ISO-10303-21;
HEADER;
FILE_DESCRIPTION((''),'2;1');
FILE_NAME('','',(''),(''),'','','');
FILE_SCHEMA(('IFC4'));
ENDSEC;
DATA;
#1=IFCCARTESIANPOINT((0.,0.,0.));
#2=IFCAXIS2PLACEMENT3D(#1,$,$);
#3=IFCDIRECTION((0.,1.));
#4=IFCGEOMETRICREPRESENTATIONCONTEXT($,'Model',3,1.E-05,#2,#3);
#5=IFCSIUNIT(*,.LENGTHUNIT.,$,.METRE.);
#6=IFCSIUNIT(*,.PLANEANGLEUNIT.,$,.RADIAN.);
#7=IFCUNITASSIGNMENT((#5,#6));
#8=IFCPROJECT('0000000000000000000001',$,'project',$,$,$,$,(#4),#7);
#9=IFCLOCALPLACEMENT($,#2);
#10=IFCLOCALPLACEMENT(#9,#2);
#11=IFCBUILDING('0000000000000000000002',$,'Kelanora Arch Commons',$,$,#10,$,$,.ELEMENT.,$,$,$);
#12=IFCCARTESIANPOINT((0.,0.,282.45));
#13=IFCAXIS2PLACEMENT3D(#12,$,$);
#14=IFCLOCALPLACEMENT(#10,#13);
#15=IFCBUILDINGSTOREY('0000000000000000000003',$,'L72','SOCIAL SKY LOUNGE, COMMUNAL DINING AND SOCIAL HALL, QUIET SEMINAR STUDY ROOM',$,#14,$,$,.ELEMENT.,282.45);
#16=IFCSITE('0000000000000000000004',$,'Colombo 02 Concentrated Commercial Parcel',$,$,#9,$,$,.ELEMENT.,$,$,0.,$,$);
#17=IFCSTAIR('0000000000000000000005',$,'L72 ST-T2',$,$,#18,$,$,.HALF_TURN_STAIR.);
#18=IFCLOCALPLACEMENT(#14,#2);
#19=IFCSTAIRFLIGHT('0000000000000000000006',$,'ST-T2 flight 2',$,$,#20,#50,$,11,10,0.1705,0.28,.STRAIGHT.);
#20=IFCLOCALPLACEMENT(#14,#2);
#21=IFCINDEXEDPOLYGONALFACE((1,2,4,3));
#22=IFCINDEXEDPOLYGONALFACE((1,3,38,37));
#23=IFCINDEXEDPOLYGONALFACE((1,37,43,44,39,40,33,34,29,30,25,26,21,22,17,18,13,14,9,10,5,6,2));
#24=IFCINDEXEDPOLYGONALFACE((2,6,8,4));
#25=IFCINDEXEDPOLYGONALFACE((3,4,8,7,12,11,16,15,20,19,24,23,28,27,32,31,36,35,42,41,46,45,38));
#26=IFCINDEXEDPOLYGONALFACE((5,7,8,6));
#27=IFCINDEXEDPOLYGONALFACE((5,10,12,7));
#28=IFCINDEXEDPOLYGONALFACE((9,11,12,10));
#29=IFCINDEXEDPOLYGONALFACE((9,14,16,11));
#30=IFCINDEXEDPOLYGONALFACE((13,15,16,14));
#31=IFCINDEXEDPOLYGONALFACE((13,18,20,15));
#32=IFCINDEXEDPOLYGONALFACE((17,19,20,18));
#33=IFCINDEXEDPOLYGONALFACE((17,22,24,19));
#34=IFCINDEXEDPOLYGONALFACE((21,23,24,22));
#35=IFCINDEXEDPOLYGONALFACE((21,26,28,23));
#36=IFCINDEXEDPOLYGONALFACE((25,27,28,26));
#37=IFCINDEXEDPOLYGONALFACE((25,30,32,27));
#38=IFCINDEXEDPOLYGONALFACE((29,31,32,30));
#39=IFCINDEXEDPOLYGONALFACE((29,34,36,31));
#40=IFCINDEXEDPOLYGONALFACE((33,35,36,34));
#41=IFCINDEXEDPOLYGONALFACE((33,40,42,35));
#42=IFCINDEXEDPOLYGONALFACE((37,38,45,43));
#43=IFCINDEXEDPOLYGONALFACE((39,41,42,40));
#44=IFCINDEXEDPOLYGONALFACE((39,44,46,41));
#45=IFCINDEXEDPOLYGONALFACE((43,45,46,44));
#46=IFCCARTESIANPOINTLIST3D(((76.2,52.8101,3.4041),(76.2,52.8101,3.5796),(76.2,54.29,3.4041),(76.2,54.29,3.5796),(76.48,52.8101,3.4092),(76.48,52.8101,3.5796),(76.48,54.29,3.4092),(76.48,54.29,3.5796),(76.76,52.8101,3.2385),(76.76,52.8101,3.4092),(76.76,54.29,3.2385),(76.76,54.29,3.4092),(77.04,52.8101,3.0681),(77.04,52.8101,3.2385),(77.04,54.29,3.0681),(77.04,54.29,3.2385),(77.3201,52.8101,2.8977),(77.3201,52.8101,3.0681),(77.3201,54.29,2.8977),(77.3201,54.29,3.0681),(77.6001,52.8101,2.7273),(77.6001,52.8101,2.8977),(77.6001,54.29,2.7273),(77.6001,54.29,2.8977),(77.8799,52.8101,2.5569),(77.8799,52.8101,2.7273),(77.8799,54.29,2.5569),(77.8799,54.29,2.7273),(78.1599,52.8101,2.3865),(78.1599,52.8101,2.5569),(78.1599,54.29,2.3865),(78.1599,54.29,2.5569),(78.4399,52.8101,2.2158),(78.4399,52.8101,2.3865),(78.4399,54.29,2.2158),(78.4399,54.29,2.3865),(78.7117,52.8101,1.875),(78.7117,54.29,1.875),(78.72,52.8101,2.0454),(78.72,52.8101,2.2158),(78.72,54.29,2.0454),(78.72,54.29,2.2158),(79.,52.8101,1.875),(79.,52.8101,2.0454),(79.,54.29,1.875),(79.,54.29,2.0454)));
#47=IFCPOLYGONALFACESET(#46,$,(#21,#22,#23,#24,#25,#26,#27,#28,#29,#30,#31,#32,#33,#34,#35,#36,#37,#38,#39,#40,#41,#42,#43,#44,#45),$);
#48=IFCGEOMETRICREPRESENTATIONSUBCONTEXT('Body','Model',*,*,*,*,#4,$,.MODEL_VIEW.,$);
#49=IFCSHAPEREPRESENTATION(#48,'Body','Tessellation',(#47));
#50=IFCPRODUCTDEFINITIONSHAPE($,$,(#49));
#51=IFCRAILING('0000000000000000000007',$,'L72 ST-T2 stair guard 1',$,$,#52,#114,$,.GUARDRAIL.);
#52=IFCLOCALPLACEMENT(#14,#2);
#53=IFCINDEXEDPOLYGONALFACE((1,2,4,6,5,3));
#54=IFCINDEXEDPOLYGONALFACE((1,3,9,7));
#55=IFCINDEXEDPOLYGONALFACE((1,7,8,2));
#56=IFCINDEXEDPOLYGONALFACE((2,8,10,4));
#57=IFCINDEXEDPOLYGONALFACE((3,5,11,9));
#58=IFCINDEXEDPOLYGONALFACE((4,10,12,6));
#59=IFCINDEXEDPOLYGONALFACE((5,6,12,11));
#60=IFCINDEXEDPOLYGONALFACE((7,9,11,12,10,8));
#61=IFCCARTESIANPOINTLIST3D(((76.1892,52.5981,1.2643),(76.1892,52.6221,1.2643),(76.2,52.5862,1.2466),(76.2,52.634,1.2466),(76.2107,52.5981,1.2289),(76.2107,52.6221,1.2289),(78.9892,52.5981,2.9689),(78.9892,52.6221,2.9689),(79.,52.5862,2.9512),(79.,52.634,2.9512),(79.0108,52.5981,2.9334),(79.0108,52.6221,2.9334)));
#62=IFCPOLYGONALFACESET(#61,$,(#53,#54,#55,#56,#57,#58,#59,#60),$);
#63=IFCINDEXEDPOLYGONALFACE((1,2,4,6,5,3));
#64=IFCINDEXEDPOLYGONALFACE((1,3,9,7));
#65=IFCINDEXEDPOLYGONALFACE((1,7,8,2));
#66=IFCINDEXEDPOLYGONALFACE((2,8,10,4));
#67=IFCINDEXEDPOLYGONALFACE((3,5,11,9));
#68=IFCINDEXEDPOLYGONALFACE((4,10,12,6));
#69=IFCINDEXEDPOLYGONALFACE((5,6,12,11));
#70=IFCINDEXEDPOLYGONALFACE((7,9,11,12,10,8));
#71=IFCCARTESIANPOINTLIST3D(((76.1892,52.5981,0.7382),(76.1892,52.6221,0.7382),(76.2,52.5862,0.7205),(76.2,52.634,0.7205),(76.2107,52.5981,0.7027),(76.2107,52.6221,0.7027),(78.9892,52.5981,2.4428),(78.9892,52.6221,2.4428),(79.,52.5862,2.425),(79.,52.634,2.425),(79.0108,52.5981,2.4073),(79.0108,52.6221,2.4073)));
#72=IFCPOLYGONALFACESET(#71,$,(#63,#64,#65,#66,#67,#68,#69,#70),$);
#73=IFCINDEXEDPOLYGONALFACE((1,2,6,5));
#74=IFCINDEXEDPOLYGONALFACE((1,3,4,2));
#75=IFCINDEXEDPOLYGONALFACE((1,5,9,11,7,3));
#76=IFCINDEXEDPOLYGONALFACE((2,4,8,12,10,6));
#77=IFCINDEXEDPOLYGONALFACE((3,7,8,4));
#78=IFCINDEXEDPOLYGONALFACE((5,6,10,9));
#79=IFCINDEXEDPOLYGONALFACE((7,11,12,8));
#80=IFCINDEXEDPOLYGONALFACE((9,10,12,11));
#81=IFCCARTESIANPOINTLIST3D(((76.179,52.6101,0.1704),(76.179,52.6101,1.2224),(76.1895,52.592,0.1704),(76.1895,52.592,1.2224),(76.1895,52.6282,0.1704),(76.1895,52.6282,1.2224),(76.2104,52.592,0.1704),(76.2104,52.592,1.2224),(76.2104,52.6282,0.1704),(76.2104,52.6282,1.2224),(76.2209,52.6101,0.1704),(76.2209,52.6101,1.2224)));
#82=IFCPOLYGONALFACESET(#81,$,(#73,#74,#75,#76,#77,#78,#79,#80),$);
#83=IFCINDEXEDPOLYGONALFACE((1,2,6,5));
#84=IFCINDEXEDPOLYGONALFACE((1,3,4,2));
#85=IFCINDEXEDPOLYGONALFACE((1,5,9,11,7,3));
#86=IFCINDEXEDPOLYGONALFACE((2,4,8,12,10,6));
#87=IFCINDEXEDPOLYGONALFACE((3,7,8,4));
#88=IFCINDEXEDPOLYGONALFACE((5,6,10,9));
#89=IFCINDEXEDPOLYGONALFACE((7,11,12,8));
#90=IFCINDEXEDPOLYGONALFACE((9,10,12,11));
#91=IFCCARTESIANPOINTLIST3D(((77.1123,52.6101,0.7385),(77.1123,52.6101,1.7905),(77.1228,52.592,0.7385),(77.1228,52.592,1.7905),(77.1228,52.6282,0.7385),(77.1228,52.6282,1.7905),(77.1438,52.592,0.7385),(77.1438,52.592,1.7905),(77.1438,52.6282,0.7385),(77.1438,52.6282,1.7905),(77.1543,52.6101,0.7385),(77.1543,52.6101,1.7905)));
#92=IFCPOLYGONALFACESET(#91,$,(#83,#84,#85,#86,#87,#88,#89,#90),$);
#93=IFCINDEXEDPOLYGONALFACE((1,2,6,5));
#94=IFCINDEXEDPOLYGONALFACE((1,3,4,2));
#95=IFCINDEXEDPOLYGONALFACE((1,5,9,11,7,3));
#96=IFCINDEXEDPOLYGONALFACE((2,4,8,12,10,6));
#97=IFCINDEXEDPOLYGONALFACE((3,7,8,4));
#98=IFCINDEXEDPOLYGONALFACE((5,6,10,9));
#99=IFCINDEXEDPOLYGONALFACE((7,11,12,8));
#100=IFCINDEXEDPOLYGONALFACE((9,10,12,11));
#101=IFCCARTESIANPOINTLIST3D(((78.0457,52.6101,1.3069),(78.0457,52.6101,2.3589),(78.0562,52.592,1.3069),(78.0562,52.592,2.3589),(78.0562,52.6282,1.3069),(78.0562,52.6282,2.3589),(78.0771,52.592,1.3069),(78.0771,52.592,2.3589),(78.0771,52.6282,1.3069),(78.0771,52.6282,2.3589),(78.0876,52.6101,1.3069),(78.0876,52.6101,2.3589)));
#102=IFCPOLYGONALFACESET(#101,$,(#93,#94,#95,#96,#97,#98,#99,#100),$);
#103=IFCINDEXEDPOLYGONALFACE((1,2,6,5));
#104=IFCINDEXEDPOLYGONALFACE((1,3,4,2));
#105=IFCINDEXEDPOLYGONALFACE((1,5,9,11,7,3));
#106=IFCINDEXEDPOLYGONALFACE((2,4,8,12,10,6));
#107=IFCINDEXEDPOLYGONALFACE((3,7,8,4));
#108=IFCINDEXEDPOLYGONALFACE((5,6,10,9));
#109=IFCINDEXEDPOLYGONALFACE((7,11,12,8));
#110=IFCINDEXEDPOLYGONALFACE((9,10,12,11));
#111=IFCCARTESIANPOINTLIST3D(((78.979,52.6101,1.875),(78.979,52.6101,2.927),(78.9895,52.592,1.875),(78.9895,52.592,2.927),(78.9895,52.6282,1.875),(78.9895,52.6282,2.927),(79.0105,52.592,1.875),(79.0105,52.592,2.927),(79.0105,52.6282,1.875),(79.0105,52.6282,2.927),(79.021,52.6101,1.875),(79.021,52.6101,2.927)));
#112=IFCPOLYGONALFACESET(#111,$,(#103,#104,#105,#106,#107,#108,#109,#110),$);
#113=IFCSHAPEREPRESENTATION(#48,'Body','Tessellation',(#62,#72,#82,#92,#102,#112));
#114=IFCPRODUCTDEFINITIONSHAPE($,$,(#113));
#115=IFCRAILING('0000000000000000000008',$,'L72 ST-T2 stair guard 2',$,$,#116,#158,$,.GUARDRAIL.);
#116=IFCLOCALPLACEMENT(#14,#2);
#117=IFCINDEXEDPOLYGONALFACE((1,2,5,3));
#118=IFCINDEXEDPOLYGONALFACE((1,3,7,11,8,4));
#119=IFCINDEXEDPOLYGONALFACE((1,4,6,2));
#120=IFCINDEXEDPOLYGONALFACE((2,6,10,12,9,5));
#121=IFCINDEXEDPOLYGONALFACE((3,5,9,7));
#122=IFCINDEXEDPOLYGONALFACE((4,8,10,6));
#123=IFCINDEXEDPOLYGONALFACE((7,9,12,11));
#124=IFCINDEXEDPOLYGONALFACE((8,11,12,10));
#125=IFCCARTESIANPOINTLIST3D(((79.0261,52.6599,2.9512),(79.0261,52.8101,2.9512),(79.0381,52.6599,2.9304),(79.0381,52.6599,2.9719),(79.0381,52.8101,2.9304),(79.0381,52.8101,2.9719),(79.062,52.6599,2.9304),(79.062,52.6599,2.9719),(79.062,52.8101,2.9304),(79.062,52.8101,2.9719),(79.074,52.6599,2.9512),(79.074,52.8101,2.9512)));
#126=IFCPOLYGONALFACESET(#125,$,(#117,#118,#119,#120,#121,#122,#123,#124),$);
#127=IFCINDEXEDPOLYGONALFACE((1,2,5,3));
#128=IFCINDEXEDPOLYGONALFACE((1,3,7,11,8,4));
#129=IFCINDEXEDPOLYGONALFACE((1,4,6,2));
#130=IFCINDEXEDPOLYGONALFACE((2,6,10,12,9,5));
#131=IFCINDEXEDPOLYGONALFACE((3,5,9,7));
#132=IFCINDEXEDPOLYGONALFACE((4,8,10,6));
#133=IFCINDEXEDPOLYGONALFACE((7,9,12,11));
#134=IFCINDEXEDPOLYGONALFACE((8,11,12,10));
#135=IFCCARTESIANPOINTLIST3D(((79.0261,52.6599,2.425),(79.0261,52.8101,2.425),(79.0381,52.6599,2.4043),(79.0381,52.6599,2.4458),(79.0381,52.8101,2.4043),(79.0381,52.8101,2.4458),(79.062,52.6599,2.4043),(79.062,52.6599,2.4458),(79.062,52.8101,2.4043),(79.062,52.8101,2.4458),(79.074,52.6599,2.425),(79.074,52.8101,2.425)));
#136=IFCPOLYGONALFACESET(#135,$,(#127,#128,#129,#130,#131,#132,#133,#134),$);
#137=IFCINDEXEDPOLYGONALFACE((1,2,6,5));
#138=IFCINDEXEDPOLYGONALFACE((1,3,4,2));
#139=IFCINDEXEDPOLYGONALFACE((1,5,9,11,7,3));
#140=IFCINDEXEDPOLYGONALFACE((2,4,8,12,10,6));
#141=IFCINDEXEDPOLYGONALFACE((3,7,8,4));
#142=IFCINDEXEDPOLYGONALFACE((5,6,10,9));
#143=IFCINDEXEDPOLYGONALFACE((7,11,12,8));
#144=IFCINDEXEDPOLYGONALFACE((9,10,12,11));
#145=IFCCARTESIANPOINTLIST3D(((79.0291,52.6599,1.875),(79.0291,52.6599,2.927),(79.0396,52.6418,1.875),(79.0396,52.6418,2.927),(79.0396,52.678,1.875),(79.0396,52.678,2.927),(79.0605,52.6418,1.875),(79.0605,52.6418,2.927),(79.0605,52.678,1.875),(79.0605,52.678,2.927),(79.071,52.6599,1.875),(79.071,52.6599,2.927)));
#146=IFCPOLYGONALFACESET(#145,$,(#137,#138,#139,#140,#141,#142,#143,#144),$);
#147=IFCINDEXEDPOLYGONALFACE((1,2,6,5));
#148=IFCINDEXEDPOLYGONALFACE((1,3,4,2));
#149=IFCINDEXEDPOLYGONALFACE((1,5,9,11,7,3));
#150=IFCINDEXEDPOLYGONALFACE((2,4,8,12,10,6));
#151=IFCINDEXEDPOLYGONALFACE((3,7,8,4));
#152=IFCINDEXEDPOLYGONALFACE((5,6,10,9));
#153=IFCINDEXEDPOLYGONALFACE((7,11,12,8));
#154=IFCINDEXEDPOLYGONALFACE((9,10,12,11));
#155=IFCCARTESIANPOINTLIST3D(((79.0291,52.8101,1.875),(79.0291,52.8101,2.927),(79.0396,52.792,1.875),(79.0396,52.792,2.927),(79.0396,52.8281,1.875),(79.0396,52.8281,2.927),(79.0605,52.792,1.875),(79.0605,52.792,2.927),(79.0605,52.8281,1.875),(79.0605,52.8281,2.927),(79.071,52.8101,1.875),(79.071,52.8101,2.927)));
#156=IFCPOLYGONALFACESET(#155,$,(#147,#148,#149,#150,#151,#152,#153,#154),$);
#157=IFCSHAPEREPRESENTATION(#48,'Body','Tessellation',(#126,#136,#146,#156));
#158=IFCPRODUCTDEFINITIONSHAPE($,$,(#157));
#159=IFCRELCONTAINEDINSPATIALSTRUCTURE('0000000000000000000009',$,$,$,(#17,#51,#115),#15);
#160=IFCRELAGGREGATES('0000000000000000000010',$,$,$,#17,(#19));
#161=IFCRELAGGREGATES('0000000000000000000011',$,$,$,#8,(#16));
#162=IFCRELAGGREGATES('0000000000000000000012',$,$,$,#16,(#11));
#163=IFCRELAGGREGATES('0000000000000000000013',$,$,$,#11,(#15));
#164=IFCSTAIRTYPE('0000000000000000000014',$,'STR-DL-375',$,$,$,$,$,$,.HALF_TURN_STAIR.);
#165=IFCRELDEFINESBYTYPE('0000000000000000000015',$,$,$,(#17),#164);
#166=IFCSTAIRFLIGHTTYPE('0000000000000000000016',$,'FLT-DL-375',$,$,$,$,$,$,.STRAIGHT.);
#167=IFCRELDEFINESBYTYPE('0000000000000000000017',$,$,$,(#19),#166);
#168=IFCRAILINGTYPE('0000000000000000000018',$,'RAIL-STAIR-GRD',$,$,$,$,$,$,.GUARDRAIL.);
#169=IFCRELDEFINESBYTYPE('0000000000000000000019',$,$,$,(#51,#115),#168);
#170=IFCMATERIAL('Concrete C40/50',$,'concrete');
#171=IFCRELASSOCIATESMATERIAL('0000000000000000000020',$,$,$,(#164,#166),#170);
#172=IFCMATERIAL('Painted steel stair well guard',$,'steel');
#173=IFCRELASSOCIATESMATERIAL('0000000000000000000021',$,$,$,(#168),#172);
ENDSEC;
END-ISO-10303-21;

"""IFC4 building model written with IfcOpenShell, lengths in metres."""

from ifc_helpers import new_model, si_unit, direction, frame, origin, place, context, subcontext, project, spatial, polyline, outline, extrude, material, type_object, element, aggregate, save


model = new_model("IFC4")

# Units and contexts
model_context = context("Model", 3, precision=1e-05, world=origin(), true_north=direction((0.0, 1.0)))
body_context = subcontext(model_context, "Body", "Model", "MODEL_VIEW")
ifc_project = project(units=[si_unit("LENGTHUNIT", "METRE"), si_unit("PLANEANGLEUNIT", "RADIAN")], contexts=[model_context])

# Site, building, storey
site_placement = place(None, origin())
site = spatial("IfcSite", under=ifc_project, at=site_placement, Name="Colombo 02 Concentrated Commercial Parcel", CompositionType="ELEMENT", RefElevation=0.0)
building_placement = place(site_placement, origin())
building = spatial("IfcBuilding", under=site, at=building_placement, Name="Kelanora Arch Commons", CompositionType="ELEMENT")
storey_placement = place(building_placement, frame((0.0, 0.0, 282.45)))
storey = spatial("IfcBuildingStorey", under=building, at=storey_placement, Name="L72", Description="SOCIAL SKY LOUNGE, COMMUNAL DINING AND SOCIAL HALL, QUIET SEMINAR STUDY ROOM", CompositionType="ELEMENT", Elevation=282.45)

# Shared definitions
ifc_material_1 = material(Name="Concrete C40/50", Category="concrete")

# Stair, stair flight
stair_type = type_object("IfcStairType", Name="STR-DL-375", PredefinedType="HALF_TURN_STAIR", material=ifc_material_1)
stair_placement = place(storey_placement, origin())
stair = element("IfcStair", 1, at=stair_placement, inside=storey, type_object=stair_type, Name="L72 ST-T2", PredefinedType="HALF_TURN_STAIR")
stair_flight_type = type_object("IfcStairFlightType", Name="FLT-DL-375", PredefinedType="STRAIGHT", material=ifc_material_1)
stair_flight_1_placement = place(storey_placement, frame((79.0, 53.55, 1.875), z_axis=(0.0, 0.0, 1.0), x_axis=(-1.0, 0.0, 0.0)))
stair_flight_1 = element("IfcStairFlight", 2, at=stair_flight_1_placement, type_object=stair_flight_type, Name="ST-T2 flight 2", NumberOfRisers=11, NumberOfTreads=10, PredefinedType="STRAIGHT", RiserHeight=0.1705, TreadLength=0.28, context=body_context, shape_type="SweptSolid", body=[
    extrude(outline(polyline([(0.0, 0.0), (0.0, 0.1704), (0.28, 0.1704), (0.28, 0.3408), (0.5601, 0.3408), (0.5601, 0.5115), (0.8401, 0.5115), (0.8401, 0.6819), (1.1201, 0.6819), (1.1201, 0.8523), (1.3999, 0.8523), (1.3999, 1.0227), (1.6799, 1.0227), (1.6799, 1.1931), (1.96, 1.1931), (1.96, 1.3635), (2.24, 1.3635), (2.24, 1.5342), (2.52, 1.5342), (2.52, 1.7046), (2.8, 1.7046), (2.8, 1.875), (2.8, 1.5291), (0.2883, 0.0), (0.0, 0.0)])), frame((0.0, 0.74, 0.0), z_axis=(0.0, -1.0, 0.0), x_axis=(1.0, 0.0, 0.0)), (0.0, 0.0, 1.0), 1.48),
])
aggregate(stair, [stair_flight_1])

# Railings
ifc_material_2 = material(Name="Painted steel stair well guard", Category="steel")
railing_type_1 = type_object("IfcRailingType", Name="RAIL-STAIR-GRD", PredefinedType="GUARDRAIL", material=ifc_material_2)
railing_1_placement = place(storey_placement, frame((76.2, 52.6101, 0.1704)))
element("IfcRailing", 3, at=railing_1_placement, inside=storey, type_object=railing_type_1, Name="L72 ST-T2 stair guard 1", PredefinedType="GUARDRAIL", context=body_context, shape_type="SweptSolid", body=[
    extrude(outline(polyline([(0.0239, 0.0), (0.012, 0.0208), (-0.012, 0.0208), (-0.0239, 0.0), (-0.012, -0.0208), (0.012, -0.0208), (0.0239, 0.0)])), frame((0.0, 0.0, 1.0762), z_axis=(0.85417, 0.0, 0.519994), x_axis=(0.0, 1.0, 0.0)), (0.0, 0.0, 1.0), 3.2781),
    extrude(outline(polyline([(0.0239, 0.0), (0.012, 0.0208), (-0.012, 0.0208), (-0.0239, 0.0), (-0.012, -0.0208), (0.012, -0.0208), (0.0239, 0.0)])), frame((0.0, 0.0, 0.55), z_axis=(0.85417, 0.0, 0.519994), x_axis=(0.0, 1.0, 0.0)), (0.0, 0.0, 1.0), 3.2781),
    extrude(outline(polyline([(0.021, 0.0), (0.0105, 0.0181), (-0.0105, 0.0181), (-0.021, 0.0), (-0.0105, -0.0181), (0.0105, -0.0181), (0.021, 0.0)])), origin(), (0.0, 0.0, 1.0), 1.052),
    extrude(outline(polyline([(0.021, 0.0), (0.0105, 0.0181), (-0.0105, 0.0181), (-0.021, 0.0), (-0.0105, -0.0181), (0.0105, -0.0181), (0.021, 0.0)])), frame((0.9333, 0.0, 0.5681)), (0.0, 0.0, 1.0), 1.052),
    extrude(outline(polyline([(0.021, 0.0), (0.0105, 0.0181), (-0.0105, 0.0181), (-0.021, 0.0), (-0.0105, -0.0181), (0.0105, -0.0181), (0.021, 0.0)])), frame((1.8667, 0.0, 1.1365)), (0.0, 0.0, 1.0), 1.052),
    extrude(outline(polyline([(0.021, 0.0), (0.0105, 0.0181), (-0.0105, 0.0181), (-0.021, 0.0), (-0.0105, -0.0181), (0.0105, -0.0181), (0.021, 0.0)])), frame((2.8, 0.0, 1.7046)), (0.0, 0.0, 1.0), 1.052),
])
railing_2_placement = place(storey_placement, frame((79.05, 52.6599, 1.875)))
element("IfcRailing", 4, at=railing_2_placement, inside=storey, type_object=railing_type_1, Name="L72 ST-T2 stair guard 2", PredefinedType="GUARDRAIL", context=body_context, shape_type="SweptSolid", body=[
    extrude(outline(polyline([(0.0239, 0.0), (0.012, 0.0208), (-0.012, 0.0208), (-0.0239, 0.0), (-0.012, -0.0208), (0.012, -0.0208), (0.0239, 0.0)])), frame((0.0, 0.0, 1.0762), z_axis=(0.0, 1.0, 0.0), x_axis=(-1.0, 0.0, 0.0)), (0.0, 0.0, 1.0), 0.1501),
    extrude(outline(polyline([(0.0239, 0.0), (0.012, 0.0208), (-0.012, 0.0208), (-0.0239, 0.0), (-0.012, -0.0208), (0.012, -0.0208), (0.0239, 0.0)])), frame((0.0, 0.0, 0.55), z_axis=(0.0, 1.0, 0.0), x_axis=(-1.0, 0.0, 0.0)), (0.0, 0.0, 1.0), 0.1501),
    extrude(outline(polyline([(0.021, 0.0), (0.0105, 0.0181), (-0.0105, 0.0181), (-0.021, 0.0), (-0.0105, -0.0181), (0.0105, -0.0181), (0.021, 0.0)])), origin(), (0.0, 0.0, 1.0), 1.052),
    extrude(outline(polyline([(0.021, 0.0), (0.0105, 0.0181), (-0.0105, 0.0181), (-0.021, 0.0), (-0.0105, -0.0181), (0.0105, -0.0181), (0.021, 0.0)])), frame((0.0, 0.1501, 0.0)), (0.0, 0.0, 1.0), 1.052),
])

save(model, "model.ifc")
